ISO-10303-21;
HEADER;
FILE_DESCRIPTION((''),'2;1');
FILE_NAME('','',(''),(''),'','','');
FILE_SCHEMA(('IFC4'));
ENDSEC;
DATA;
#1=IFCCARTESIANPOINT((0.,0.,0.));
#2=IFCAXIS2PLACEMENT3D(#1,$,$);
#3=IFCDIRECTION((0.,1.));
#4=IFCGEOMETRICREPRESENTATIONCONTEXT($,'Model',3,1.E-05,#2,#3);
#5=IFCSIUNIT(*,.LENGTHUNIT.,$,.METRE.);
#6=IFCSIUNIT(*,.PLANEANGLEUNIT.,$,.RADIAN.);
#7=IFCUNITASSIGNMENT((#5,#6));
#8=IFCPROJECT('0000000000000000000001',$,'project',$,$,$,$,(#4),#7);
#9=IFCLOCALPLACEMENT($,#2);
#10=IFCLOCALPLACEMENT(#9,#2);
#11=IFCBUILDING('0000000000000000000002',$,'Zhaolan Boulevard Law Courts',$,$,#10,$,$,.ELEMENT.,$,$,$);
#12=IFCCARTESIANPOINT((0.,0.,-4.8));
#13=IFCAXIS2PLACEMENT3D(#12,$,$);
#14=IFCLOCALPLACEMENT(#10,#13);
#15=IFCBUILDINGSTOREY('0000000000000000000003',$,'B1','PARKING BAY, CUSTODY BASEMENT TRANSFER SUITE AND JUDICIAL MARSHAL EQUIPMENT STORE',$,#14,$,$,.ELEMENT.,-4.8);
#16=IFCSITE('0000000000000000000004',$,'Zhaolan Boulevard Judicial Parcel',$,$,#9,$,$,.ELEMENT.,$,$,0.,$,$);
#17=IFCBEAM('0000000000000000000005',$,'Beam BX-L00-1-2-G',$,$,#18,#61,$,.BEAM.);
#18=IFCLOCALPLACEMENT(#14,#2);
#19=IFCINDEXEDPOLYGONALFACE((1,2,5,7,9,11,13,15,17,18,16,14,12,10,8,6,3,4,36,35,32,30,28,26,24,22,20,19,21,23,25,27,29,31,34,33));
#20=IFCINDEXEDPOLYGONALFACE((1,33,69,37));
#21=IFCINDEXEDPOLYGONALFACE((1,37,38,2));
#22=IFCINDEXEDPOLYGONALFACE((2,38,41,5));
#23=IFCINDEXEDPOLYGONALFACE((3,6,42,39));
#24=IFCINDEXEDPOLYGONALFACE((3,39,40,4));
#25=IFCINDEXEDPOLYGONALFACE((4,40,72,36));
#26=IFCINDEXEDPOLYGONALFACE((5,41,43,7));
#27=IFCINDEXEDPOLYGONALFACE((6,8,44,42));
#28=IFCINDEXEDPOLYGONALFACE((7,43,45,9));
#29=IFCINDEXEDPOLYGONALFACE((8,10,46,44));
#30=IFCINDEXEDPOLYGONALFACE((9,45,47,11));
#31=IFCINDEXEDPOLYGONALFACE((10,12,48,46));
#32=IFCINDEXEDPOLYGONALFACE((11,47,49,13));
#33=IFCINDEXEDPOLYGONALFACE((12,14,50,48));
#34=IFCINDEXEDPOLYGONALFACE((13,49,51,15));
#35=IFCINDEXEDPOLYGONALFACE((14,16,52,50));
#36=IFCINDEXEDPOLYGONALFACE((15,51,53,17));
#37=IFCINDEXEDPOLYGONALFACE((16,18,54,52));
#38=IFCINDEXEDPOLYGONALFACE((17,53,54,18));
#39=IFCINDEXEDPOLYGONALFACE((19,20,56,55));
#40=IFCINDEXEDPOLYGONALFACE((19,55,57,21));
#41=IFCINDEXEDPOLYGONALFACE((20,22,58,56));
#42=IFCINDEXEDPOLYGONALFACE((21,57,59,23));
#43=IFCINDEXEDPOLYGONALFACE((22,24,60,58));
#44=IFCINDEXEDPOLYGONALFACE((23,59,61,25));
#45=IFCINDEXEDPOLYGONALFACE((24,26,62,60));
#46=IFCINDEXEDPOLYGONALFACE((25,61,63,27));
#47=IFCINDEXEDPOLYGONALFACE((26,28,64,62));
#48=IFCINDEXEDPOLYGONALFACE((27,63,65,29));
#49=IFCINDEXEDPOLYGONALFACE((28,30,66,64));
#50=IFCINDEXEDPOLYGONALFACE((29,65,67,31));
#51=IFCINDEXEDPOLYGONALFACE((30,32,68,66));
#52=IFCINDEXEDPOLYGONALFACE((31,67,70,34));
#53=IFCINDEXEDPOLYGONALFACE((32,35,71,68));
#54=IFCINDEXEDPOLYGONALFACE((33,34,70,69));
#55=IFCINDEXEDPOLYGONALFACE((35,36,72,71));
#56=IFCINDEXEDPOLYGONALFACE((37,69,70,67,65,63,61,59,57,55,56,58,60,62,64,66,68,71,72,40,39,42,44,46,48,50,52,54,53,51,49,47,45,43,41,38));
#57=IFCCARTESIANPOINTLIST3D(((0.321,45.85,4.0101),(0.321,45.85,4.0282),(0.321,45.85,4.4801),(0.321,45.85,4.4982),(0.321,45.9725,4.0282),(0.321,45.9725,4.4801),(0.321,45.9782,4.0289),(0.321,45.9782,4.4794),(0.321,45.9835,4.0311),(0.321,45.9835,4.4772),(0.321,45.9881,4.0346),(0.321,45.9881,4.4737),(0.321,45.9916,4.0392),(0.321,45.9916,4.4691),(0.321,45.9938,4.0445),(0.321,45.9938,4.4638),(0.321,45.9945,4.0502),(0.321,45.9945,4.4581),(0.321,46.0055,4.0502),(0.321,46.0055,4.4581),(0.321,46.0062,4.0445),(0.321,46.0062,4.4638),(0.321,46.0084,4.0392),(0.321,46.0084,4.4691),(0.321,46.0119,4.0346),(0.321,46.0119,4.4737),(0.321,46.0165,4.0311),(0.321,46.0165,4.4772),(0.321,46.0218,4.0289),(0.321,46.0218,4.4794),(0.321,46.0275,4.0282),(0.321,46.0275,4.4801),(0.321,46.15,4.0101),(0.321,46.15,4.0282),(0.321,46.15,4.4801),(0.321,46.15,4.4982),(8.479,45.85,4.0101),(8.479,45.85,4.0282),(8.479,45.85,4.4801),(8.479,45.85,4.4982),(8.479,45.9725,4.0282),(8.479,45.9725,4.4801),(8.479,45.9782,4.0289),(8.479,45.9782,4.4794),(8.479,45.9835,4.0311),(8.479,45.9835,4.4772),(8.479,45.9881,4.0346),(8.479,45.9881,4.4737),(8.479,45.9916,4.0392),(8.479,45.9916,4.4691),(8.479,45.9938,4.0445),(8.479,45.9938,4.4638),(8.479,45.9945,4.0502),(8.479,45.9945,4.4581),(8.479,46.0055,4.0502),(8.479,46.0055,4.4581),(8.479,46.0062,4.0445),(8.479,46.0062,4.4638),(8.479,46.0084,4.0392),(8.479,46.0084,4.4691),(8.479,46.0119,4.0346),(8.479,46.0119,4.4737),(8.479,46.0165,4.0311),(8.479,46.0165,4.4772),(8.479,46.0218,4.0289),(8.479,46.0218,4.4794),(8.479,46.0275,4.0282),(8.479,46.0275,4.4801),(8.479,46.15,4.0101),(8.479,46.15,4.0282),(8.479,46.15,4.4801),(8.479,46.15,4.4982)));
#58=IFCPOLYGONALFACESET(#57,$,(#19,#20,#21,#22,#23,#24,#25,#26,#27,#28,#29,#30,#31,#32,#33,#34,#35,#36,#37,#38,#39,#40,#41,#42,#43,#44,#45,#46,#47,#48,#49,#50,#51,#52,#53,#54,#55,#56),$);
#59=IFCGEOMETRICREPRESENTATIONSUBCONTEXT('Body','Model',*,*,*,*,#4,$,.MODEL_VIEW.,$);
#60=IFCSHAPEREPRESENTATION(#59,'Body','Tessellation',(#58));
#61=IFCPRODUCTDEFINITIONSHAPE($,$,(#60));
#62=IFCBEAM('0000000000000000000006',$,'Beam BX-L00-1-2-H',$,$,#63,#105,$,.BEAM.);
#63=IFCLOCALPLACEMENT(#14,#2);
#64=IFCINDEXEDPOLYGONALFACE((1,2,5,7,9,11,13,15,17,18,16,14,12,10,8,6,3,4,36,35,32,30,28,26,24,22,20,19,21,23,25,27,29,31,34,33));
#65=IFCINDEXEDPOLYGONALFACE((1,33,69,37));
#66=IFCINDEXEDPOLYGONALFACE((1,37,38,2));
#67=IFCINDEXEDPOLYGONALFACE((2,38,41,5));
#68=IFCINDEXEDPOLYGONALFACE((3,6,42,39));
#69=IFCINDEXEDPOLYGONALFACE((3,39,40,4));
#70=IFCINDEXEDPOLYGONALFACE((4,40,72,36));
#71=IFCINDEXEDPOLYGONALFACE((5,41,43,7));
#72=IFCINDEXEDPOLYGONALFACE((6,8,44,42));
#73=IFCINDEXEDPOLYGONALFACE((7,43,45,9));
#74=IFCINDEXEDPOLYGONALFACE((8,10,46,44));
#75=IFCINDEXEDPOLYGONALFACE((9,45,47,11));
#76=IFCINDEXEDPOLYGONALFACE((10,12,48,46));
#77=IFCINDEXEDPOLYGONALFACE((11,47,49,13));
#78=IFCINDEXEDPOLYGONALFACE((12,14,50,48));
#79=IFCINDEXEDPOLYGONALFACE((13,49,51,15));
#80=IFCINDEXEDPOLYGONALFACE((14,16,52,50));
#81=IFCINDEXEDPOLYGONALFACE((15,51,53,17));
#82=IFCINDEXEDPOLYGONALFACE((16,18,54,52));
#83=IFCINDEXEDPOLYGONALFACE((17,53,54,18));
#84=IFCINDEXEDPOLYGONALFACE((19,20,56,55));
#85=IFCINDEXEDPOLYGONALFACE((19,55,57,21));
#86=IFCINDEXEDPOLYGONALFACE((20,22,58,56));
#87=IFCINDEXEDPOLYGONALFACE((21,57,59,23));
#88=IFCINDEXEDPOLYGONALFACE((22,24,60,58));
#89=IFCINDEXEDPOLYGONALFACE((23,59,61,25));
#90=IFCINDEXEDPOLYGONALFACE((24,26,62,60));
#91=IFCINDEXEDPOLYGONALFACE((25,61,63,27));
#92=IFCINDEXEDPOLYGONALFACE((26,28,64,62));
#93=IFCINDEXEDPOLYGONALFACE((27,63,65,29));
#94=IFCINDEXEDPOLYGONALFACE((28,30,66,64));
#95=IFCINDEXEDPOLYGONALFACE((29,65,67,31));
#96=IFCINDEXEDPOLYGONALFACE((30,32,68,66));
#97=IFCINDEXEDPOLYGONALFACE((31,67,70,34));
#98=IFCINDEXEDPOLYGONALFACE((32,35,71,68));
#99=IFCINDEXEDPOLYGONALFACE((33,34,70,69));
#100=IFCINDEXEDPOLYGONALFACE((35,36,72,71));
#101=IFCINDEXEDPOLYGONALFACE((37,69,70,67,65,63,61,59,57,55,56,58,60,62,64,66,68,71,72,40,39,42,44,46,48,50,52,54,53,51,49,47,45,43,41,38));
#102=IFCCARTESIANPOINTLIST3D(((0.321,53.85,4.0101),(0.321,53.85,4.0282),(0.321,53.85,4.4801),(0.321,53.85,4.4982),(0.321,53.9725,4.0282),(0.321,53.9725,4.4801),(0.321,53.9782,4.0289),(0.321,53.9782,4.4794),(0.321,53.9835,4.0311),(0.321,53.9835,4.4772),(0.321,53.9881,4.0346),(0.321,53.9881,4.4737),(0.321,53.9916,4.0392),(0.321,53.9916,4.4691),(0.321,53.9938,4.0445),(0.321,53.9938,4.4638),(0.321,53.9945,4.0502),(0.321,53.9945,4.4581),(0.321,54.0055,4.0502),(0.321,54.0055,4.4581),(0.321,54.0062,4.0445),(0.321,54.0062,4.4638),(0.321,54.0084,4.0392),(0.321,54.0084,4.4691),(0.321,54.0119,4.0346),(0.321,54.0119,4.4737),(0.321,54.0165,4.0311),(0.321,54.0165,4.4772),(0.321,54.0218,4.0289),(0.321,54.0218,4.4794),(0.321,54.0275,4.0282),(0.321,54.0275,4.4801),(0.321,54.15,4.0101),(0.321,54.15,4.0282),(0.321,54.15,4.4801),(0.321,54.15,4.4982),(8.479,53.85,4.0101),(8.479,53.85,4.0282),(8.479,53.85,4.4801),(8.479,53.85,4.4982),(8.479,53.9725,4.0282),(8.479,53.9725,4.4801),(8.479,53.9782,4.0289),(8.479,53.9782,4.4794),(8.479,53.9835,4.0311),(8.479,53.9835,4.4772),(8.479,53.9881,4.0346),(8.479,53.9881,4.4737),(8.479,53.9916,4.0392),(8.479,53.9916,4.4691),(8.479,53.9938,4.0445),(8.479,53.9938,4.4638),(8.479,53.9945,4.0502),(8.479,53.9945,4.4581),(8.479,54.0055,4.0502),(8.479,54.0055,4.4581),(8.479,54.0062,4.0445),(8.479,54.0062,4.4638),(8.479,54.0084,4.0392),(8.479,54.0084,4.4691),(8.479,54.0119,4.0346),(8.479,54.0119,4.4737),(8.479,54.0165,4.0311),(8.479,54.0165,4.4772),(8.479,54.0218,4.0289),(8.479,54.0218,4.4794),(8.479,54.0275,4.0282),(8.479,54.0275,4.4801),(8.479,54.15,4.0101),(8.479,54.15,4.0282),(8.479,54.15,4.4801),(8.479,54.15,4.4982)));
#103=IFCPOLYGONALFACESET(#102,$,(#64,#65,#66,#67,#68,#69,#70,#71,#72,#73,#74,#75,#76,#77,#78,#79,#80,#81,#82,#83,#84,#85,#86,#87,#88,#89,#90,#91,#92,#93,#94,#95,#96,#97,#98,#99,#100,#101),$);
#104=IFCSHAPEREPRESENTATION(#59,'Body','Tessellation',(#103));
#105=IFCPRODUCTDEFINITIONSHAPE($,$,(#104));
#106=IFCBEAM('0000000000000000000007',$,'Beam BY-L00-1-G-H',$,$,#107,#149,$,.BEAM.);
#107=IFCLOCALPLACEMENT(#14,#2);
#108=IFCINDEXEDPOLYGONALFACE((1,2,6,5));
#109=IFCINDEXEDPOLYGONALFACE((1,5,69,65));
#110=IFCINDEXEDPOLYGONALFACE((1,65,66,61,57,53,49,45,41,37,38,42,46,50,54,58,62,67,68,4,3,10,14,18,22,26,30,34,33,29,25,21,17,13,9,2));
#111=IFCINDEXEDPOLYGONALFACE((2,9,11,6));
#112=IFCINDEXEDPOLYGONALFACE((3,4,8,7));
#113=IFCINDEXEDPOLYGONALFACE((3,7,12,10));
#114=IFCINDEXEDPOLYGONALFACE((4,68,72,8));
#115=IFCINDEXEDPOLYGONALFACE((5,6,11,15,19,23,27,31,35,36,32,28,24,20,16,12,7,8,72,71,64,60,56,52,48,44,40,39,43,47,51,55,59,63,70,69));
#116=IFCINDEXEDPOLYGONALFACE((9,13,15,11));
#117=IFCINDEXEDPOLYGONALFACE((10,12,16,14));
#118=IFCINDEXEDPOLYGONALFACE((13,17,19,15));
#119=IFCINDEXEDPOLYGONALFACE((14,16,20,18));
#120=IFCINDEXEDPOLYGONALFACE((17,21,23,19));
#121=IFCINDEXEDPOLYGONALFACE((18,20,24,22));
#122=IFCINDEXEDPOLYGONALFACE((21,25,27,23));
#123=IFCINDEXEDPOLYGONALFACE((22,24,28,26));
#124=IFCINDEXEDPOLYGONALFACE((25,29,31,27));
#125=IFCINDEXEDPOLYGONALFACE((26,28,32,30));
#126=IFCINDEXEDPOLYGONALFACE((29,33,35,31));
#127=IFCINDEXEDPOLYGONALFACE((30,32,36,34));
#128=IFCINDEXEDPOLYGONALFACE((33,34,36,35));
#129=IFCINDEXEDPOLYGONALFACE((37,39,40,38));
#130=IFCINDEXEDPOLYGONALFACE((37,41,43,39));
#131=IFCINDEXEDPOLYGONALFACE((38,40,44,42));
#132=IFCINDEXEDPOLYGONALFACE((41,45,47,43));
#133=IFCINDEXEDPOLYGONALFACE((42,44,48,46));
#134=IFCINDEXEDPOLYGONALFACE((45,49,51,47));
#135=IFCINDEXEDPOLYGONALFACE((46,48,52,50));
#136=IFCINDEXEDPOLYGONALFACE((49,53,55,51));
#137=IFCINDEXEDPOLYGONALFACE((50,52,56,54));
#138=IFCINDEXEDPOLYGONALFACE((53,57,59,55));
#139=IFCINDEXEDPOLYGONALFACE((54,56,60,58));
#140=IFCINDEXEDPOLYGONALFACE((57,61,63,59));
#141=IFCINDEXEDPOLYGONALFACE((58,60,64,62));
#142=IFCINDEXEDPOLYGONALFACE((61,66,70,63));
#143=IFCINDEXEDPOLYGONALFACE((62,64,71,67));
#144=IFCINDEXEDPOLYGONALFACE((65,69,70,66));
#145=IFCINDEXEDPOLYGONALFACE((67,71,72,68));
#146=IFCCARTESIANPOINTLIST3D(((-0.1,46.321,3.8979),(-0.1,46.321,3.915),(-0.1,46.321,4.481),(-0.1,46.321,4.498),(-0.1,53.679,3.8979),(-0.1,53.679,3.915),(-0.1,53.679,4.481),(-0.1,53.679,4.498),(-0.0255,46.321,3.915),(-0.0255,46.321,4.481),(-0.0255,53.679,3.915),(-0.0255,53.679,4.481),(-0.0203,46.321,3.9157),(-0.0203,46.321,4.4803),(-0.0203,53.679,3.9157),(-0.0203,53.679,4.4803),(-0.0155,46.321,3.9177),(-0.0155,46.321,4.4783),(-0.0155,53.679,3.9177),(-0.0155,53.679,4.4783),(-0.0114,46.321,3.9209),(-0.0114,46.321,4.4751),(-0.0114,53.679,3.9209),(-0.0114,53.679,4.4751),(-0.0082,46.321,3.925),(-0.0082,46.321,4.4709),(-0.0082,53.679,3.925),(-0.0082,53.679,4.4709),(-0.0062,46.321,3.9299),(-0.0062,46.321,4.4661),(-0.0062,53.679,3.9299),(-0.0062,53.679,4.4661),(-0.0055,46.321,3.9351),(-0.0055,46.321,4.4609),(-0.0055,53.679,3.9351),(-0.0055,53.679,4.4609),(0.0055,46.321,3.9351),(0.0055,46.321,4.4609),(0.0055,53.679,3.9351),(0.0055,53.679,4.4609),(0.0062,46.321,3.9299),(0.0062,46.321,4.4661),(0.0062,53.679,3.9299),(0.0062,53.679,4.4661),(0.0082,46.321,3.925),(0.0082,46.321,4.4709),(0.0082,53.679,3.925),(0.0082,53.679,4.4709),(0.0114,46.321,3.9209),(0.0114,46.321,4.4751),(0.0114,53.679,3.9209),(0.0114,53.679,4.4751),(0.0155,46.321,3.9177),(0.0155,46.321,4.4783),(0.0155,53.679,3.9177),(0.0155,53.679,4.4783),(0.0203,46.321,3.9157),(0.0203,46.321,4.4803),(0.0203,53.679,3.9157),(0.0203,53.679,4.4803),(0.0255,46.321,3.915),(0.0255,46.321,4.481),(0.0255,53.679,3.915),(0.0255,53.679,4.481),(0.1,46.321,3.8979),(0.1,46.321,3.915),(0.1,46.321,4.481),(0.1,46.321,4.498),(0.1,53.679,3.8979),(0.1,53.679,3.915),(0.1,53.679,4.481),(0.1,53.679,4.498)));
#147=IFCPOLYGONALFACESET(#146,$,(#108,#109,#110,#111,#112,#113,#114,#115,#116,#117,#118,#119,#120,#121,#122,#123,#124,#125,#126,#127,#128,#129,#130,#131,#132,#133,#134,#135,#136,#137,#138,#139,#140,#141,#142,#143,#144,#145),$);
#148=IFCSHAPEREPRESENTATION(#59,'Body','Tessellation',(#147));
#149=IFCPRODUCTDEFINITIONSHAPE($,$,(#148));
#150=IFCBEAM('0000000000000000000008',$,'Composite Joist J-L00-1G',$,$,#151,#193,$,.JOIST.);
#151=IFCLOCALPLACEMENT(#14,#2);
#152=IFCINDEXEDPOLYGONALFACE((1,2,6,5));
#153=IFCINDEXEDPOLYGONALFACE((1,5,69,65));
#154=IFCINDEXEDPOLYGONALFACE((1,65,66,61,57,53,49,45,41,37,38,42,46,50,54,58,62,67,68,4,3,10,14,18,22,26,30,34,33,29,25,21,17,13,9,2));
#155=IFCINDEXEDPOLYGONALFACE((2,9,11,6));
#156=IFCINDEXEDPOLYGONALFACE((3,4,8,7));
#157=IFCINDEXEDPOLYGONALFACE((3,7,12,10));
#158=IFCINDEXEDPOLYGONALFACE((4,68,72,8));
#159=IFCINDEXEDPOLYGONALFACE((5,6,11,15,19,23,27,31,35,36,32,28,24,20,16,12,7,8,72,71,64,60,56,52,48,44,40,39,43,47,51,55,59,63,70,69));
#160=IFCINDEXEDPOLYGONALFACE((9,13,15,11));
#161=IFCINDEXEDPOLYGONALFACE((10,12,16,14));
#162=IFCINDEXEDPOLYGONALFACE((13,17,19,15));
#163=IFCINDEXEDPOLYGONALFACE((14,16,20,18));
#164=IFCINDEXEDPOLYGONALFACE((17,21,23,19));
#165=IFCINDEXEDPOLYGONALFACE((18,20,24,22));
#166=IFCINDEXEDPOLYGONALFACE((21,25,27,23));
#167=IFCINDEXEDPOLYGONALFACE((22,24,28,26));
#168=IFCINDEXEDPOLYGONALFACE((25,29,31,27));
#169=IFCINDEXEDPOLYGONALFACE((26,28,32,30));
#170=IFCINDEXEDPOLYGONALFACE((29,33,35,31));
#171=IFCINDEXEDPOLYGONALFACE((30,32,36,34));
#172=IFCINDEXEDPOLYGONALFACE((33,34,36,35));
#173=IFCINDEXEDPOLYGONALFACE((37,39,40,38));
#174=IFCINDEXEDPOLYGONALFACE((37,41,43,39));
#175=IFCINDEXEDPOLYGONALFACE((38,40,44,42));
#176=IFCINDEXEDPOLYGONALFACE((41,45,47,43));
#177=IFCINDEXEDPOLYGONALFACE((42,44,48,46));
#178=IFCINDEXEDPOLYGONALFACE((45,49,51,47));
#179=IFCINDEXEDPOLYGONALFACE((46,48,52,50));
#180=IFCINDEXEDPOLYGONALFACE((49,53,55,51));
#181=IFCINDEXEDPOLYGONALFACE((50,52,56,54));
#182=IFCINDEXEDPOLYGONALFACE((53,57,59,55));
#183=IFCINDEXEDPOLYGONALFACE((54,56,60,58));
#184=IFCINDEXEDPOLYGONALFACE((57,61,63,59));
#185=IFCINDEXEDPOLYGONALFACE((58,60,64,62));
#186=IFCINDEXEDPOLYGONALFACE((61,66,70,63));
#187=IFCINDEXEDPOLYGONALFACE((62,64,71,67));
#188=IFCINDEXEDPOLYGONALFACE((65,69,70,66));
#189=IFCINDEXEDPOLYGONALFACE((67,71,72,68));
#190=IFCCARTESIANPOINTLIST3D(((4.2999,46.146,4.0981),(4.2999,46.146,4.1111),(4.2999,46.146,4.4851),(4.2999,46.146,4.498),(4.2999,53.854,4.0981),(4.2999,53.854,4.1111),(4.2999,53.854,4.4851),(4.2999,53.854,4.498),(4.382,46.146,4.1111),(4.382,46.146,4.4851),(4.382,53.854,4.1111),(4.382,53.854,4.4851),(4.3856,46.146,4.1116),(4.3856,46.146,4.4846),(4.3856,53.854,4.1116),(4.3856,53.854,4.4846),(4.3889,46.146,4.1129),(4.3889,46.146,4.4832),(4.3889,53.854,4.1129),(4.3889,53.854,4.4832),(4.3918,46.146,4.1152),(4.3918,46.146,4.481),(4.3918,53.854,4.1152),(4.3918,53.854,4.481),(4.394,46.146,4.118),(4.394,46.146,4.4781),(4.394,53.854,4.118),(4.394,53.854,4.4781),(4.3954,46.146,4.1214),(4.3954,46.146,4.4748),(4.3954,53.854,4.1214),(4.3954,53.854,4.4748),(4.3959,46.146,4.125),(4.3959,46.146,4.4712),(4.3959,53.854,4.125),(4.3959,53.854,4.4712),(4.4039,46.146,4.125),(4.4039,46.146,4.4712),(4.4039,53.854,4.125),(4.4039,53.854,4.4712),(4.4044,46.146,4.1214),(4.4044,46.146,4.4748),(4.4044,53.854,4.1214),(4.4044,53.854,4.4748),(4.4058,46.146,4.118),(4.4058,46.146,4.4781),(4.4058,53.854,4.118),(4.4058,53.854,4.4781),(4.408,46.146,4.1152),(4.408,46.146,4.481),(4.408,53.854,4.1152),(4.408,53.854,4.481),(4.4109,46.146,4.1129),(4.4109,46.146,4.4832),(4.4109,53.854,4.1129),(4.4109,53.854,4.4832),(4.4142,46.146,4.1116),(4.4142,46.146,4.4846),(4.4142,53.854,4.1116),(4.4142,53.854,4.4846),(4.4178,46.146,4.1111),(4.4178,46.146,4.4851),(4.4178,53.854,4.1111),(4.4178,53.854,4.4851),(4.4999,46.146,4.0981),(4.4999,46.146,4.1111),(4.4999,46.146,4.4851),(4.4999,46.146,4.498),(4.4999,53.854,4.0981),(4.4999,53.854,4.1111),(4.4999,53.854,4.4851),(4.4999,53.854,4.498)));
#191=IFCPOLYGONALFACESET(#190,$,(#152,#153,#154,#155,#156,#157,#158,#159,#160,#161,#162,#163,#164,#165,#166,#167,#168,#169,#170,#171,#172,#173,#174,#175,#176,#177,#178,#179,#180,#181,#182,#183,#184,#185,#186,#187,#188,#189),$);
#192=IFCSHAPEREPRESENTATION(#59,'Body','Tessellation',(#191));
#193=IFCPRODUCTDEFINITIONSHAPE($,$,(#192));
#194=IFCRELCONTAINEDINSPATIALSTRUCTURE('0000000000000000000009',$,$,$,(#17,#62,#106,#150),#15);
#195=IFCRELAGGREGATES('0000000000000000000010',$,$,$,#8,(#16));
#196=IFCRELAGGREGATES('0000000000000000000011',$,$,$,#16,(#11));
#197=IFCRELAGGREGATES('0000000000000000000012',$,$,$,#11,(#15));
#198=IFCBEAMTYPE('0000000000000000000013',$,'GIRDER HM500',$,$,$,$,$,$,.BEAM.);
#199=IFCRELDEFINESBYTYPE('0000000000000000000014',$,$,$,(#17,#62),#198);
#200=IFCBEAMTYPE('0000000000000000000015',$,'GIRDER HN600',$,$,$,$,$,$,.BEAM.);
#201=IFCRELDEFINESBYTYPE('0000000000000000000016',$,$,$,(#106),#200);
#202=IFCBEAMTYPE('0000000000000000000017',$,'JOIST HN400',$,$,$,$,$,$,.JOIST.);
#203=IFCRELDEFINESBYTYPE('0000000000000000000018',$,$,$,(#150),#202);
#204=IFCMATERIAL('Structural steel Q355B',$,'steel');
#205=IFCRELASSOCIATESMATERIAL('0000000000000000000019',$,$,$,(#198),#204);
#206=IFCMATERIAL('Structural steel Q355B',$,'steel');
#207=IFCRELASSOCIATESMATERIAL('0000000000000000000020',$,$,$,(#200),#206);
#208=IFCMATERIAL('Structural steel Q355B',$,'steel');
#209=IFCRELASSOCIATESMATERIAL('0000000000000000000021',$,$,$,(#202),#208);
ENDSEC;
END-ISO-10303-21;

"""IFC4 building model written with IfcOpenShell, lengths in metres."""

from ifc_helpers import new_model, si_unit, direction, frame, origin, origin_2d, place, context, subcontext, project, spatial, i_section, extrude, material, material_profile, profile_set, type_object, element, save


model = new_model("IFC4")

# Units and contexts
model_context = context("Model", 3, precision=1e-05, world=origin(), true_north=direction((0.0, 1.0)))
body_context = subcontext(model_context, "Body", "Model", "MODEL_VIEW")
ifc_project = project(units=[si_unit("LENGTHUNIT", "METRE"), si_unit("PLANEANGLEUNIT", "RADIAN")], contexts=[model_context])

# Site, building, storey
site_placement = place(None, origin())
site = spatial("IfcSite", under=ifc_project, at=site_placement, Name="Zhaolan Boulevard Judicial Parcel", CompositionType="ELEMENT", RefElevation=0.0)
building_placement = place(site_placement, origin())
building = spatial("IfcBuilding", under=site, at=building_placement, Name="Zhaolan Boulevard Law Courts", CompositionType="ELEMENT")
storey_placement = place(building_placement, frame((0.0, 0.0, -4.8)))
storey = spatial("IfcBuildingStorey", under=building, at=storey_placement, Name="B1", Description="PARKING BAY, CUSTODY BASEMENT TRANSFER SUITE AND JUDICIAL MARSHAL EQUIPMENT STORE", CompositionType="ELEMENT", Elevation=-4.8)

# Beams
ifc_material_1 = material(Name="Structural steel Q355B", Category="steel")
ifc_material_profile_1 = material_profile(ifc_material_1, i_section(OverallWidth=0.3, OverallDepth=0.488, WebThickness=0.011, FlangeThickness=0.0181, FilletRadius=0.022, at=origin_2d()), Name="HM488x300")
ifc_profile_set_1 = profile_set([ifc_material_profile_1], Name="Structural steel Q355B")
beam_type_1 = type_object("IfcBeamType", Name="GIRDER HM500", PredefinedType="BEAM", material=ifc_profile_set_1)
for number, where, z_axis, x_axis, name in (
    (1, (0.321, 46.0, 4.2542), (1.0, 0.0, 0.0), (0.0, 1.0, 0.0), "Beam BX-L00-1-2-G"),
    (2, (0.321, 54.0, 4.2542), (1.0, 0.0, 0.0), (0.0, 1.0, 0.0), "Beam BX-L00-1-2-H"),
):
    element("IfcBeam", number, at=place(storey_placement, frame(where, z_axis=z_axis, x_axis=x_axis)), inside=storey, type_object=beam_type_1, Name=name, PredefinedType="BEAM", context=body_context, shape_type="SweptSolid", body=[
        extrude(i_section(OverallWidth=0.3, OverallDepth=0.488, WebThickness=0.011, FlangeThickness=0.0181, FilletRadius=0.022, at=origin_2d()), origin(), (0.0, 0.0, 1.0), 8.158),
    ])
ifc_material_2 = material(Name="Structural steel Q355B", Category="steel")
ifc_material_profile_2 = material_profile(ifc_material_2, i_section(OverallWidth=0.2, OverallDepth=0.6001, WebThickness=0.011, FlangeThickness=0.0171, FilletRadius=0.02, at=origin_2d()), Name="HN600x200")
ifc_profile_set_2 = profile_set([ifc_material_profile_2], Name="Structural steel Q355B")
beam_type_2 = type_object("IfcBeamType", Name="GIRDER HN600", PredefinedType="BEAM", material=ifc_profile_set_2)
beam_1_placement = place(storey_placement, frame((0.0, 46.321, 4.198), z_axis=(0.0, 1.0, 0.0), x_axis=(-1.0, 0.0, 0.0)))
element("IfcBeam", 3, at=beam_1_placement, inside=storey, type_object=beam_type_2, Name="Beam BY-L00-1-G-H", PredefinedType="BEAM", context=body_context, shape_type="SweptSolid", body=[
    extrude(i_section(OverallWidth=0.2, OverallDepth=0.6001, WebThickness=0.011, FlangeThickness=0.0171, FilletRadius=0.02, at=origin_2d()), origin(), (0.0, 0.0, 1.0), 7.3579),
])
ifc_material_3 = material(Name="Structural steel Q355B", Category="steel")
ifc_material_profile_3 = material_profile(ifc_material_3, i_section(OverallWidth=0.2, OverallDepth=0.3999, WebThickness=0.0081, FlangeThickness=0.0129, FilletRadius=0.0139, at=origin_2d()), Name="HN400x200")
ifc_profile_set_3 = profile_set([ifc_material_profile_3], Name="Structural steel Q355B")
beam_type_3 = type_object("IfcBeamType", Name="JOIST HN400", PredefinedType="JOIST", material=ifc_profile_set_3)
beam_2_placement = place(storey_placement, frame((4.3999, 46.146, 4.2981), z_axis=(0.0, 1.0, 0.0), x_axis=(-1.0, 0.0, 0.0)))
element("IfcBeam", 4, at=beam_2_placement, inside=storey, type_object=beam_type_3, Name="Composite Joist J-L00-1G", PredefinedType="JOIST", context=body_context, shape_type="SweptSolid", body=[
    extrude(i_section(OverallWidth=0.2, OverallDepth=0.3999, WebThickness=0.0081, FlangeThickness=0.0129, FilletRadius=0.0139, at=origin_2d()), origin(), (0.0, 0.0, 1.0), 7.708),
])

save(model, "model.ifc")
